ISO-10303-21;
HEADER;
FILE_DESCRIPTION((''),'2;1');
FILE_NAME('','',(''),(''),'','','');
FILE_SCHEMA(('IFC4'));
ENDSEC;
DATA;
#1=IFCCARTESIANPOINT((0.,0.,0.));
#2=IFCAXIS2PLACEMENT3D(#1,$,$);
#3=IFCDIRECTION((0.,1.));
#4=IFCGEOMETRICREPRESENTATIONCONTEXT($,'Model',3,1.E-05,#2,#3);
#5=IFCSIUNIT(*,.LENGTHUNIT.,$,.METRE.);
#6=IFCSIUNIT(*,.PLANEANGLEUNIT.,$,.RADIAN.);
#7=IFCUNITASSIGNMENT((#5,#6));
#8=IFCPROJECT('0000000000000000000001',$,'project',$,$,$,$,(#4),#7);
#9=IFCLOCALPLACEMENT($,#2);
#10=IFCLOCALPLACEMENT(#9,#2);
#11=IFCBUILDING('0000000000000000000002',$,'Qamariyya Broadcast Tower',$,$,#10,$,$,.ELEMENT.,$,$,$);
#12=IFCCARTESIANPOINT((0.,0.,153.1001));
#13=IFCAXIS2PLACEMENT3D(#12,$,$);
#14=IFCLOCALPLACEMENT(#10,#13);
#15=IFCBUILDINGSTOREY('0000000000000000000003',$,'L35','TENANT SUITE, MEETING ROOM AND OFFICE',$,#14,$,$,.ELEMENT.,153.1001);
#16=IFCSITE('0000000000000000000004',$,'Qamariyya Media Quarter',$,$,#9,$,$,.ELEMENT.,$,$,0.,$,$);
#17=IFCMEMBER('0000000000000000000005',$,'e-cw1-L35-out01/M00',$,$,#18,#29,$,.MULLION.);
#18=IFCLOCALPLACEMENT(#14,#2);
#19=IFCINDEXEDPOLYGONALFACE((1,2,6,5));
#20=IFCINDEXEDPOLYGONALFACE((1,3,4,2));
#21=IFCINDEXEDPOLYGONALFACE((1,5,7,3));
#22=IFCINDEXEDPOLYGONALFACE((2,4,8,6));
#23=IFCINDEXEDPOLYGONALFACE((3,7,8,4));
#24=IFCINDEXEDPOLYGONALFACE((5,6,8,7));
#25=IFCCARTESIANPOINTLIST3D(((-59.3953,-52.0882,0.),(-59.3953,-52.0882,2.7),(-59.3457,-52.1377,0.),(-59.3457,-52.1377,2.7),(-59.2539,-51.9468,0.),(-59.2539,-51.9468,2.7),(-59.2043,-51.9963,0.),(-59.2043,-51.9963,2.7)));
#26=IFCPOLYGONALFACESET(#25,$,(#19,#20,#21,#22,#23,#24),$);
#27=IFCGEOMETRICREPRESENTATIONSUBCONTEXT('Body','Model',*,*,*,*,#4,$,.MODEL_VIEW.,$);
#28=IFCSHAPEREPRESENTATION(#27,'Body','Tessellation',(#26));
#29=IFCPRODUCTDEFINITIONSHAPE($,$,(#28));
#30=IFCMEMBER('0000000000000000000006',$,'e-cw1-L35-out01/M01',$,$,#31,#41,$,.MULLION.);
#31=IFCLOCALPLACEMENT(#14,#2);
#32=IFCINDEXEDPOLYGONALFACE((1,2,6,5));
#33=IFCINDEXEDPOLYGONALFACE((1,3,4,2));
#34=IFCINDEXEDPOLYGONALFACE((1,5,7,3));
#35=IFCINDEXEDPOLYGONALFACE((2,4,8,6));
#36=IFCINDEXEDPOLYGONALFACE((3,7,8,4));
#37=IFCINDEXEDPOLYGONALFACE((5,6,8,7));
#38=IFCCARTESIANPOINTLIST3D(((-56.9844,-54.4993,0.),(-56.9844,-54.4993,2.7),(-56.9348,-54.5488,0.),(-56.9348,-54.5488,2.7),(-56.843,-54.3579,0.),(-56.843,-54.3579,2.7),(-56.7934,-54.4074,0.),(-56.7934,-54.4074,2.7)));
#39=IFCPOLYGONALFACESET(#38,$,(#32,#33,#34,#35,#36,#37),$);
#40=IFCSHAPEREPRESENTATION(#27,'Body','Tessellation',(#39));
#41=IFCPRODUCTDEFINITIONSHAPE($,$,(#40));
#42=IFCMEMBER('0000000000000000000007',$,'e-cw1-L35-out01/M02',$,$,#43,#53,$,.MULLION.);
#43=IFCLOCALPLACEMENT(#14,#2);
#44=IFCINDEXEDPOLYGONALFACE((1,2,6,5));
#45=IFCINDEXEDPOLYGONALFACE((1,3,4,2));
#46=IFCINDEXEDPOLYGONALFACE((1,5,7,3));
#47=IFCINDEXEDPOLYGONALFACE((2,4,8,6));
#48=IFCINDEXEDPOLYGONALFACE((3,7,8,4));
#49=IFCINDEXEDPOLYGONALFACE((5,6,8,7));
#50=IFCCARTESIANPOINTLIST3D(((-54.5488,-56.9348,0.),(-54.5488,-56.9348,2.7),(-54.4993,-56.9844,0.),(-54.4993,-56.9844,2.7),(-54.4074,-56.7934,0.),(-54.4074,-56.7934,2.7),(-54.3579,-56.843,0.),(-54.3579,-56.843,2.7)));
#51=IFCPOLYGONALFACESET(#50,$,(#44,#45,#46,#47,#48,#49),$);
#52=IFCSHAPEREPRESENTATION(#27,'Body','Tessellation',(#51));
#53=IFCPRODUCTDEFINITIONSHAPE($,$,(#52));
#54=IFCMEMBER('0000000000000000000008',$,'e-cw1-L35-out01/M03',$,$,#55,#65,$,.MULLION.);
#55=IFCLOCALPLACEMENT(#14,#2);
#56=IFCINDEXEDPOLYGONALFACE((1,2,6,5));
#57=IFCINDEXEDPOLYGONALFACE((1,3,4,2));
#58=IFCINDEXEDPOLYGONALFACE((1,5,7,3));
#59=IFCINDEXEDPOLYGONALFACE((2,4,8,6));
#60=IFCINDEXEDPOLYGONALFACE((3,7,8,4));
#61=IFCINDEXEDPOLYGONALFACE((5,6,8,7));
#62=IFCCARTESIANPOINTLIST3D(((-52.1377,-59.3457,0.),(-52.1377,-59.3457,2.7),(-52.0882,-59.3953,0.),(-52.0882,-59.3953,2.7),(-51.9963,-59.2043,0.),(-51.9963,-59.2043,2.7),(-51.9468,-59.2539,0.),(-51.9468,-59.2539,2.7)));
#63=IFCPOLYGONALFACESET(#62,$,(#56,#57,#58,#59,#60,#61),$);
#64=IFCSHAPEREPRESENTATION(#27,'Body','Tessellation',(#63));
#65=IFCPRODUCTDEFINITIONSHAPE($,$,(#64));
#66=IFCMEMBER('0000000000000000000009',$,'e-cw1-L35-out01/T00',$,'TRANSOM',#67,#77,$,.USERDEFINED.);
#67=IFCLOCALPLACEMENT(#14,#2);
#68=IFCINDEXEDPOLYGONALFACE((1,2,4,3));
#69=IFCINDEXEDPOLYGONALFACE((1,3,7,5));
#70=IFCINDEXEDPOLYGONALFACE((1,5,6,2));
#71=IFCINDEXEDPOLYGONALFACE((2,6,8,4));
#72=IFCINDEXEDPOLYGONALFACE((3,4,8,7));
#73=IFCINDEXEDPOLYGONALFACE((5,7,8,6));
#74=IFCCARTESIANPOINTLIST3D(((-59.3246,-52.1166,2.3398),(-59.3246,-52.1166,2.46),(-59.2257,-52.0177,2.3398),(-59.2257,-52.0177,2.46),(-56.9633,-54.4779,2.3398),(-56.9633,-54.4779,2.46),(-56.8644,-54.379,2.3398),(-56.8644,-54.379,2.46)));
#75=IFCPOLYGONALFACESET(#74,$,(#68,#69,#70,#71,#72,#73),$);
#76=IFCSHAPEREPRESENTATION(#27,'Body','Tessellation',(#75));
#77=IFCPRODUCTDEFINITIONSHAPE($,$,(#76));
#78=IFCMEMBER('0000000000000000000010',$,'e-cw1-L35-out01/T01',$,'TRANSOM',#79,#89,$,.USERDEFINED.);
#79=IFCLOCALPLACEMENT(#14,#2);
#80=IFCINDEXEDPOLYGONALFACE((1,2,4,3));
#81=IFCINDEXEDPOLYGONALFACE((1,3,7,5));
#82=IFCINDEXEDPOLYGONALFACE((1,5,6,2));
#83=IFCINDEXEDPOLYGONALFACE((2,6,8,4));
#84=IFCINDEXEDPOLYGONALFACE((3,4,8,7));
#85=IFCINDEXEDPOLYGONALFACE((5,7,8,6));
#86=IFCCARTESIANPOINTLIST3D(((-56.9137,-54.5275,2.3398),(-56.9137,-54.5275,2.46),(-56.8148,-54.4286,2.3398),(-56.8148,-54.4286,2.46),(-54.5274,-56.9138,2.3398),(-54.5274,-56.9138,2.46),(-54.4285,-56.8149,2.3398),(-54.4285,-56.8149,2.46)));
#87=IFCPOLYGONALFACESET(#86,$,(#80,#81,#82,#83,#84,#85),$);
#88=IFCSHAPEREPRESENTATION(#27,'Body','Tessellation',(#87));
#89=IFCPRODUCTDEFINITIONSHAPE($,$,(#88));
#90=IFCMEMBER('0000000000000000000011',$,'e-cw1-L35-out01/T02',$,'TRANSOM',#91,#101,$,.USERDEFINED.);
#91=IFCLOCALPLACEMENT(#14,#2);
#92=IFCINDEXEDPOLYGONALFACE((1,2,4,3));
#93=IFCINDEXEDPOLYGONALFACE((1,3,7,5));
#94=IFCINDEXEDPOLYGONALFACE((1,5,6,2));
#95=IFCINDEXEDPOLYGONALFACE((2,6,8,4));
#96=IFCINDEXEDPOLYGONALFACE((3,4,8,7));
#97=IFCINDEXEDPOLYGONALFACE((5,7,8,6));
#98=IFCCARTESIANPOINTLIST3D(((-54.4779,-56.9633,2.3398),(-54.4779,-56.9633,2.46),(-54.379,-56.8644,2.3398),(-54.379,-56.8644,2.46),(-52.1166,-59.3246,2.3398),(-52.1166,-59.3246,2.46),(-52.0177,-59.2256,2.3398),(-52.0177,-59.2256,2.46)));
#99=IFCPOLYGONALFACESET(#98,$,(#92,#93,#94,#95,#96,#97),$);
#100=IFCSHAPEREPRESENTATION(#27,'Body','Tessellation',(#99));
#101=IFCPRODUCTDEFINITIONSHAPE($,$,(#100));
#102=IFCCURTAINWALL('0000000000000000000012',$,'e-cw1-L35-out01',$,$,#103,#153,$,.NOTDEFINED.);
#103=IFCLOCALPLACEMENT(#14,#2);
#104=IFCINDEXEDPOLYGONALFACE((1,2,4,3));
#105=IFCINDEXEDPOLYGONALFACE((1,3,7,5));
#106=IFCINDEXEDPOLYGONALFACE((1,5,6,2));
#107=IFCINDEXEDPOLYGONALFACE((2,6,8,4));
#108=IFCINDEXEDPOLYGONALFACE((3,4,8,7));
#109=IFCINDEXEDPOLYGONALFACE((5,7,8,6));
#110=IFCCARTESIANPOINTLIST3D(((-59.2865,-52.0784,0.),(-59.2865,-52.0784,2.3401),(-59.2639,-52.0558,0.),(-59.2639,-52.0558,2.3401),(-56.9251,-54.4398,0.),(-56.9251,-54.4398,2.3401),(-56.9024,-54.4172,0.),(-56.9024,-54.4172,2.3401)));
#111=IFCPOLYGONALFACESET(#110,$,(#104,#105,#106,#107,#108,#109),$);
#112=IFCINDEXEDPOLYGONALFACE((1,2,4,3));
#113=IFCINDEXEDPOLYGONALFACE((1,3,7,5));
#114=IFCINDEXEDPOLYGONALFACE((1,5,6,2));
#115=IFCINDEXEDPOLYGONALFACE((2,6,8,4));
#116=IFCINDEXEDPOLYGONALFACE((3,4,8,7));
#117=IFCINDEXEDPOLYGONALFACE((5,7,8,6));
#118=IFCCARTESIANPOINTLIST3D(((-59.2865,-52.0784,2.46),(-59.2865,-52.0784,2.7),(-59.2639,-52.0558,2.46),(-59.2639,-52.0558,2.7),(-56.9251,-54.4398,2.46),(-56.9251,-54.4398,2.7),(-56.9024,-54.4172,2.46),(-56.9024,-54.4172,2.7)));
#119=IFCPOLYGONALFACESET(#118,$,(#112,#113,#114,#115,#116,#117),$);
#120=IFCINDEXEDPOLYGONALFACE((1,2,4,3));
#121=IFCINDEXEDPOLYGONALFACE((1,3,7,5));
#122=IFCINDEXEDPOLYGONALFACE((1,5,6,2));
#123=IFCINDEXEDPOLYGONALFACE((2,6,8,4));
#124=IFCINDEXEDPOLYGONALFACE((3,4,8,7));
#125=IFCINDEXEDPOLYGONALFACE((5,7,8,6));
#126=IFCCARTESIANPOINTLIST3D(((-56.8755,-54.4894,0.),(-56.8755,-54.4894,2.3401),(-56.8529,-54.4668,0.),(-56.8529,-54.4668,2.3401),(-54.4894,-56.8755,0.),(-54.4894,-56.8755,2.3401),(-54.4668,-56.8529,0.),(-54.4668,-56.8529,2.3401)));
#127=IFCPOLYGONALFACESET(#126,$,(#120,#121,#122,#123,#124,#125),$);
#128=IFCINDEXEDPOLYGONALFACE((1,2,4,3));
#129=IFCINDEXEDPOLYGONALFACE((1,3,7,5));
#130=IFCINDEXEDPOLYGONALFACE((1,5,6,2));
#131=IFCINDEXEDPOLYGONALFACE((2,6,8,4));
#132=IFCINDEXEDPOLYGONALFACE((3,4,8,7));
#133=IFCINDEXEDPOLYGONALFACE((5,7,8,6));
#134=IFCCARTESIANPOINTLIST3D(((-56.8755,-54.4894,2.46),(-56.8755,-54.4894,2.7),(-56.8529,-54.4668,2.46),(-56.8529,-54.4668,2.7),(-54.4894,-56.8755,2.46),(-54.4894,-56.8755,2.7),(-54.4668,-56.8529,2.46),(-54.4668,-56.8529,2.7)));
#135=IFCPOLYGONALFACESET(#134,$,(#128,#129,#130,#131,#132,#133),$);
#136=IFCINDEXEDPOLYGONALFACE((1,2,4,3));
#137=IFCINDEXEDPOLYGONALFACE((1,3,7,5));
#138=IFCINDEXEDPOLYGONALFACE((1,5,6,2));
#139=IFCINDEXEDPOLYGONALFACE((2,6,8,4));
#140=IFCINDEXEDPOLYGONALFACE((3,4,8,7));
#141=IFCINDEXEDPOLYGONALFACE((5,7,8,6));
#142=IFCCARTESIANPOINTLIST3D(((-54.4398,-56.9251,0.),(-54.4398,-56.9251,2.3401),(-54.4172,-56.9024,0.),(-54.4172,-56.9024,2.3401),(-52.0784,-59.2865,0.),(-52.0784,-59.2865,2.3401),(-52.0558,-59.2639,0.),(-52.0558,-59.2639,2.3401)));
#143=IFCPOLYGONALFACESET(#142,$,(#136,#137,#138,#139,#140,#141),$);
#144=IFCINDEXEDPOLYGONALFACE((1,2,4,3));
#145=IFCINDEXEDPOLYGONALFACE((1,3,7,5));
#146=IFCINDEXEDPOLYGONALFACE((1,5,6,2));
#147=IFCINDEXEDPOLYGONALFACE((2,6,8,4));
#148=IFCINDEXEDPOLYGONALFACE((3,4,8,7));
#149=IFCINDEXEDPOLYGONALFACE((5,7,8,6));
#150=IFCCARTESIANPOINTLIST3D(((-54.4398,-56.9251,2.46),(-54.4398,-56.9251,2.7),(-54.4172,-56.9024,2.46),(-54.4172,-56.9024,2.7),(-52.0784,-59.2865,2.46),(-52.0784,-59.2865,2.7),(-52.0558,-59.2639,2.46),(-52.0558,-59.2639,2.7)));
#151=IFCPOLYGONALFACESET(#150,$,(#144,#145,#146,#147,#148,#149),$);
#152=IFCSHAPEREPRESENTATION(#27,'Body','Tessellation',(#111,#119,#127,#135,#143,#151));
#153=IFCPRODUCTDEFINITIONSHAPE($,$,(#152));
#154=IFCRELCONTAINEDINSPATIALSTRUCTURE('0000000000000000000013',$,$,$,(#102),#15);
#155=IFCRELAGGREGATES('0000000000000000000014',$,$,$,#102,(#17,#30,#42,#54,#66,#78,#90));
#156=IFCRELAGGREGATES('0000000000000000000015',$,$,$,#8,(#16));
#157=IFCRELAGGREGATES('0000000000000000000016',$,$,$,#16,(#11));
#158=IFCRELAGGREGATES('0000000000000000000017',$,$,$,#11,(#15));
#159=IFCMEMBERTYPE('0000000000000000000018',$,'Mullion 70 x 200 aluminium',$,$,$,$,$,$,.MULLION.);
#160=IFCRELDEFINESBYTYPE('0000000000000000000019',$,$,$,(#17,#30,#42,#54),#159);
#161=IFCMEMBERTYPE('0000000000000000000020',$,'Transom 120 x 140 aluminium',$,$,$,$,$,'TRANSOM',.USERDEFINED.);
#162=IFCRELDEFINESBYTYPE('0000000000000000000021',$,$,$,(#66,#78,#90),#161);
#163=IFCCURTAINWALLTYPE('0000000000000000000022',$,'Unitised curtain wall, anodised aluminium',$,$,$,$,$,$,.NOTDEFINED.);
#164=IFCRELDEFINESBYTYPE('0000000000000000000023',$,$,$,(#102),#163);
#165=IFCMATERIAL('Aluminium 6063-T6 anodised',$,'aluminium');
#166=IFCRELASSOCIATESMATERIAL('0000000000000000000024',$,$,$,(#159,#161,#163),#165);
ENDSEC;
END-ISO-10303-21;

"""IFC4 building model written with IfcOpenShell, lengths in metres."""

from ifc_helpers import new_model, si_unit, direction, frame, origin, origin_2d, place, context, subcontext, project, spatial, rectangle, extrude, material, material_profile, profile_set, type_object, element, aggregate, save


model = new_model("IFC4")

# Units and contexts
model_context = context("Model", 3, precision=1e-05, world=origin(), true_north=direction((0.0, 1.0)))
body_context = subcontext(model_context, "Body", "Model", "MODEL_VIEW")
ifc_project = project(units=[si_unit("LENGTHUNIT", "METRE"), si_unit("PLANEANGLEUNIT", "RADIAN")], contexts=[model_context])

# Members
ifc_material_1 = material(Name="Aluminium 6063-T6 anodised", Category="aluminium")
ifc_material_profile_1 = material_profile(ifc_material_1, rectangle(XDim=0.2, YDim=0.0701, at=origin_2d()))
ifc_profile_set_1 = profile_set([ifc_material_profile_1], Name="Aluminium 6063-T6 anodised")
member_type_1 = type_object("IfcMemberType", Name="Mullion 70 x 200 aluminium", PredefinedType="MULLION", material=ifc_profile_set_1)
site_placement = place(None, origin())
building_placement = place(site_placement, origin())
storey_placement = place(building_placement, frame((0.0, 0.0, 153.1001)))
member_1_placement = place(storey_placement, frame((-59.2998, -52.0422, 0.0), z_axis=(0.0, 0.0, 1.0), x_axis=(0.707107, 0.707107, 0.0)))
member_1 = element("IfcMember", 1, at=member_1_placement, type_object=member_type_1, Name="e-cw1-L35-out01/M00", PredefinedType="MULLION", context=body_context, shape_type="SweptSolid", body=[
    extrude(rectangle(XDim=0.2, YDim=0.0701, at=origin_2d()), origin(), (0.0, 0.0, 1.0), 2.7),
])
member_2_placement = place(storey_placement, frame((-56.8889, -54.4534, 0.0), z_axis=(0.0, 0.0, 1.0), x_axis=(0.707107, 0.707107, 0.0)))
member_2 = element("IfcMember", 2, at=member_2_placement, type_object=member_type_1, Name="e-cw1-L35-out01/M01", PredefinedType="MULLION", context=body_context, shape_type="SweptSolid", body=[
    extrude(rectangle(XDim=0.2, YDim=0.0701, at=origin_2d()), origin(), (0.0, 0.0, 1.0), 2.7),
])
member_3_placement = place(storey_placement, frame((-54.4534, -56.8889, 0.0), z_axis=(0.0, 0.0, 1.0), x_axis=(0.707107, 0.707107, 0.0)))
member_3 = element("IfcMember", 3, at=member_3_placement, type_object=member_type_1, Name="e-cw1-L35-out01/M02", PredefinedType="MULLION", context=body_context, shape_type="SweptSolid", body=[
    extrude(rectangle(XDim=0.2, YDim=0.0701, at=origin_2d()), origin(), (0.0, 0.0, 1.0), 2.7),
])
member_4_placement = place(storey_placement, frame((-52.0422, -59.2998, 0.0), z_axis=(0.0, 0.0, 1.0), x_axis=(0.707107, 0.707107, 0.0)))
member_4 = element("IfcMember", 4, at=member_4_placement, type_object=member_type_1, Name="e-cw1-L35-out01/M03", PredefinedType="MULLION", context=body_context, shape_type="SweptSolid", body=[
    extrude(rectangle(XDim=0.2, YDim=0.0701, at=origin_2d()), origin(), (0.0, 0.0, 1.0), 2.7),
])
ifc_material_profile_2 = material_profile(ifc_material_1, rectangle(XDim=0.1399, YDim=0.1201, at=origin_2d()))
ifc_profile_set_2 = profile_set([ifc_material_profile_2], Name="Aluminium 6063-T6 anodised")
member_type_2 = type_object("IfcMemberType", Name="Transom 120 x 140 aluminium", ElementType="TRANSOM", PredefinedType="USERDEFINED", material=ifc_profile_set_2)
member_5_placement = place(storey_placement, frame((-59.2751, -52.0671, 2.3999), z_axis=(0.707107, -0.707107, 0.0), x_axis=(0.707107, 0.707107, 0.0)))
member_5 = element("IfcMember", 5, at=member_5_placement, type_object=member_type_2, Name="e-cw1-L35-out01/T00", ObjectType="TRANSOM", PredefinedType="USERDEFINED", context=body_context, shape_type="SweptSolid", body=[
    extrude(rectangle(XDim=0.1399, YDim=0.1201, at=origin_2d()), origin(), (0.0, 0.0, 1.0), 3.3394),
])
member_6_placement = place(storey_placement, frame((-56.8643, -54.478, 2.3999), z_axis=(0.707107, -0.707107, 0.0), x_axis=(0.707107, 0.707107, 0.0)))
member_6 = element("IfcMember", 6, at=member_6_placement, type_object=member_type_2, Name="e-cw1-L35-out01/T01", ObjectType="TRANSOM", PredefinedType="USERDEFINED", context=body_context, shape_type="SweptSolid", body=[
    extrude(rectangle(XDim=0.1399, YDim=0.1201, at=origin_2d()), origin(), (0.0, 0.0, 1.0), 3.3748),
])
member_7_placement = place(storey_placement, frame((-54.4285, -56.9138, 2.3999), z_axis=(0.707107, -0.707107, 0.0), x_axis=(0.707107, 0.707107, 0.0)))
member_7 = element("IfcMember", 7, at=member_7_placement, type_object=member_type_2, Name="e-cw1-L35-out01/T02", ObjectType="TRANSOM", PredefinedType="USERDEFINED", context=body_context, shape_type="SweptSolid", body=[
    extrude(rectangle(XDim=0.1399, YDim=0.1201, at=origin_2d()), origin(), (0.0, 0.0, 1.0), 3.3394),
])

# Site, building, storey
site = spatial("IfcSite", under=ifc_project, at=site_placement, Name="Qamariyya Media Quarter", CompositionType="ELEMENT", RefElevation=0.0)
building = spatial("IfcBuilding", under=site, at=building_placement, Name="Qamariyya Broadcast Tower", CompositionType="ELEMENT")
storey = spatial("IfcBuildingStorey", under=building, at=storey_placement, Name="L35", Description="TENANT SUITE, MEETING ROOM AND OFFICE", CompositionType="ELEMENT", Elevation=153.1001)

# Curtain wall
curtain_wall_type = type_object("IfcCurtainWallType", Name="Unitised curtain wall, anodised aluminium", PredefinedType="NOTDEFINED", material=ifc_material_1)
curtain_wall_1_placement = place(storey_placement, origin())
curtain_wall_1 = element("IfcCurtainWall", 8, at=curtain_wall_1_placement, inside=storey, type_object=curtain_wall_type, Name="e-cw1-L35-out01", PredefinedType="NOTDEFINED", context=body_context, shape_type="SweptSolid", body=[
    extrude(rectangle(XDim=3.3396, YDim=0.032, at=origin_2d()), frame((-58.0945, -53.2478, 0.0), x_axis=(0.707107, -0.707107, 0.0)), (0.0, 0.0, 1.0), 2.3401),
    extrude(rectangle(XDim=3.3396, YDim=0.032, at=origin_2d()), frame((-58.0945, -53.2478, 2.46), x_axis=(0.707107, -0.707107, 0.0)), (0.0, 0.0, 1.0), 0.24),
    extrude(rectangle(XDim=3.3745, YDim=0.032, at=origin_2d()), frame((-55.6711, -55.6711, 0.0), x_axis=(0.707107, -0.707107, 0.0)), (0.0, 0.0, 1.0), 2.3401),
    extrude(rectangle(XDim=3.3745, YDim=0.032, at=origin_2d()), frame((-55.6711, -55.6711, 2.46), x_axis=(0.707107, -0.707107, 0.0)), (0.0, 0.0, 1.0), 0.24),
    extrude(rectangle(XDim=3.3396, YDim=0.032, at=origin_2d()), frame((-53.2478, -58.0945, 0.0), x_axis=(0.707107, -0.707107, 0.0)), (0.0, 0.0, 1.0), 2.3401),
    extrude(rectangle(XDim=3.3396, YDim=0.032, at=origin_2d()), frame((-53.2478, -58.0945, 2.46), x_axis=(0.707107, -0.707107, 0.0)), (0.0, 0.0, 1.0), 0.24),
])
aggregate(curtain_wall_1, [member_1, member_2, member_3, member_4, member_5, member_6, member_7])

save(model, "model.ifc")
